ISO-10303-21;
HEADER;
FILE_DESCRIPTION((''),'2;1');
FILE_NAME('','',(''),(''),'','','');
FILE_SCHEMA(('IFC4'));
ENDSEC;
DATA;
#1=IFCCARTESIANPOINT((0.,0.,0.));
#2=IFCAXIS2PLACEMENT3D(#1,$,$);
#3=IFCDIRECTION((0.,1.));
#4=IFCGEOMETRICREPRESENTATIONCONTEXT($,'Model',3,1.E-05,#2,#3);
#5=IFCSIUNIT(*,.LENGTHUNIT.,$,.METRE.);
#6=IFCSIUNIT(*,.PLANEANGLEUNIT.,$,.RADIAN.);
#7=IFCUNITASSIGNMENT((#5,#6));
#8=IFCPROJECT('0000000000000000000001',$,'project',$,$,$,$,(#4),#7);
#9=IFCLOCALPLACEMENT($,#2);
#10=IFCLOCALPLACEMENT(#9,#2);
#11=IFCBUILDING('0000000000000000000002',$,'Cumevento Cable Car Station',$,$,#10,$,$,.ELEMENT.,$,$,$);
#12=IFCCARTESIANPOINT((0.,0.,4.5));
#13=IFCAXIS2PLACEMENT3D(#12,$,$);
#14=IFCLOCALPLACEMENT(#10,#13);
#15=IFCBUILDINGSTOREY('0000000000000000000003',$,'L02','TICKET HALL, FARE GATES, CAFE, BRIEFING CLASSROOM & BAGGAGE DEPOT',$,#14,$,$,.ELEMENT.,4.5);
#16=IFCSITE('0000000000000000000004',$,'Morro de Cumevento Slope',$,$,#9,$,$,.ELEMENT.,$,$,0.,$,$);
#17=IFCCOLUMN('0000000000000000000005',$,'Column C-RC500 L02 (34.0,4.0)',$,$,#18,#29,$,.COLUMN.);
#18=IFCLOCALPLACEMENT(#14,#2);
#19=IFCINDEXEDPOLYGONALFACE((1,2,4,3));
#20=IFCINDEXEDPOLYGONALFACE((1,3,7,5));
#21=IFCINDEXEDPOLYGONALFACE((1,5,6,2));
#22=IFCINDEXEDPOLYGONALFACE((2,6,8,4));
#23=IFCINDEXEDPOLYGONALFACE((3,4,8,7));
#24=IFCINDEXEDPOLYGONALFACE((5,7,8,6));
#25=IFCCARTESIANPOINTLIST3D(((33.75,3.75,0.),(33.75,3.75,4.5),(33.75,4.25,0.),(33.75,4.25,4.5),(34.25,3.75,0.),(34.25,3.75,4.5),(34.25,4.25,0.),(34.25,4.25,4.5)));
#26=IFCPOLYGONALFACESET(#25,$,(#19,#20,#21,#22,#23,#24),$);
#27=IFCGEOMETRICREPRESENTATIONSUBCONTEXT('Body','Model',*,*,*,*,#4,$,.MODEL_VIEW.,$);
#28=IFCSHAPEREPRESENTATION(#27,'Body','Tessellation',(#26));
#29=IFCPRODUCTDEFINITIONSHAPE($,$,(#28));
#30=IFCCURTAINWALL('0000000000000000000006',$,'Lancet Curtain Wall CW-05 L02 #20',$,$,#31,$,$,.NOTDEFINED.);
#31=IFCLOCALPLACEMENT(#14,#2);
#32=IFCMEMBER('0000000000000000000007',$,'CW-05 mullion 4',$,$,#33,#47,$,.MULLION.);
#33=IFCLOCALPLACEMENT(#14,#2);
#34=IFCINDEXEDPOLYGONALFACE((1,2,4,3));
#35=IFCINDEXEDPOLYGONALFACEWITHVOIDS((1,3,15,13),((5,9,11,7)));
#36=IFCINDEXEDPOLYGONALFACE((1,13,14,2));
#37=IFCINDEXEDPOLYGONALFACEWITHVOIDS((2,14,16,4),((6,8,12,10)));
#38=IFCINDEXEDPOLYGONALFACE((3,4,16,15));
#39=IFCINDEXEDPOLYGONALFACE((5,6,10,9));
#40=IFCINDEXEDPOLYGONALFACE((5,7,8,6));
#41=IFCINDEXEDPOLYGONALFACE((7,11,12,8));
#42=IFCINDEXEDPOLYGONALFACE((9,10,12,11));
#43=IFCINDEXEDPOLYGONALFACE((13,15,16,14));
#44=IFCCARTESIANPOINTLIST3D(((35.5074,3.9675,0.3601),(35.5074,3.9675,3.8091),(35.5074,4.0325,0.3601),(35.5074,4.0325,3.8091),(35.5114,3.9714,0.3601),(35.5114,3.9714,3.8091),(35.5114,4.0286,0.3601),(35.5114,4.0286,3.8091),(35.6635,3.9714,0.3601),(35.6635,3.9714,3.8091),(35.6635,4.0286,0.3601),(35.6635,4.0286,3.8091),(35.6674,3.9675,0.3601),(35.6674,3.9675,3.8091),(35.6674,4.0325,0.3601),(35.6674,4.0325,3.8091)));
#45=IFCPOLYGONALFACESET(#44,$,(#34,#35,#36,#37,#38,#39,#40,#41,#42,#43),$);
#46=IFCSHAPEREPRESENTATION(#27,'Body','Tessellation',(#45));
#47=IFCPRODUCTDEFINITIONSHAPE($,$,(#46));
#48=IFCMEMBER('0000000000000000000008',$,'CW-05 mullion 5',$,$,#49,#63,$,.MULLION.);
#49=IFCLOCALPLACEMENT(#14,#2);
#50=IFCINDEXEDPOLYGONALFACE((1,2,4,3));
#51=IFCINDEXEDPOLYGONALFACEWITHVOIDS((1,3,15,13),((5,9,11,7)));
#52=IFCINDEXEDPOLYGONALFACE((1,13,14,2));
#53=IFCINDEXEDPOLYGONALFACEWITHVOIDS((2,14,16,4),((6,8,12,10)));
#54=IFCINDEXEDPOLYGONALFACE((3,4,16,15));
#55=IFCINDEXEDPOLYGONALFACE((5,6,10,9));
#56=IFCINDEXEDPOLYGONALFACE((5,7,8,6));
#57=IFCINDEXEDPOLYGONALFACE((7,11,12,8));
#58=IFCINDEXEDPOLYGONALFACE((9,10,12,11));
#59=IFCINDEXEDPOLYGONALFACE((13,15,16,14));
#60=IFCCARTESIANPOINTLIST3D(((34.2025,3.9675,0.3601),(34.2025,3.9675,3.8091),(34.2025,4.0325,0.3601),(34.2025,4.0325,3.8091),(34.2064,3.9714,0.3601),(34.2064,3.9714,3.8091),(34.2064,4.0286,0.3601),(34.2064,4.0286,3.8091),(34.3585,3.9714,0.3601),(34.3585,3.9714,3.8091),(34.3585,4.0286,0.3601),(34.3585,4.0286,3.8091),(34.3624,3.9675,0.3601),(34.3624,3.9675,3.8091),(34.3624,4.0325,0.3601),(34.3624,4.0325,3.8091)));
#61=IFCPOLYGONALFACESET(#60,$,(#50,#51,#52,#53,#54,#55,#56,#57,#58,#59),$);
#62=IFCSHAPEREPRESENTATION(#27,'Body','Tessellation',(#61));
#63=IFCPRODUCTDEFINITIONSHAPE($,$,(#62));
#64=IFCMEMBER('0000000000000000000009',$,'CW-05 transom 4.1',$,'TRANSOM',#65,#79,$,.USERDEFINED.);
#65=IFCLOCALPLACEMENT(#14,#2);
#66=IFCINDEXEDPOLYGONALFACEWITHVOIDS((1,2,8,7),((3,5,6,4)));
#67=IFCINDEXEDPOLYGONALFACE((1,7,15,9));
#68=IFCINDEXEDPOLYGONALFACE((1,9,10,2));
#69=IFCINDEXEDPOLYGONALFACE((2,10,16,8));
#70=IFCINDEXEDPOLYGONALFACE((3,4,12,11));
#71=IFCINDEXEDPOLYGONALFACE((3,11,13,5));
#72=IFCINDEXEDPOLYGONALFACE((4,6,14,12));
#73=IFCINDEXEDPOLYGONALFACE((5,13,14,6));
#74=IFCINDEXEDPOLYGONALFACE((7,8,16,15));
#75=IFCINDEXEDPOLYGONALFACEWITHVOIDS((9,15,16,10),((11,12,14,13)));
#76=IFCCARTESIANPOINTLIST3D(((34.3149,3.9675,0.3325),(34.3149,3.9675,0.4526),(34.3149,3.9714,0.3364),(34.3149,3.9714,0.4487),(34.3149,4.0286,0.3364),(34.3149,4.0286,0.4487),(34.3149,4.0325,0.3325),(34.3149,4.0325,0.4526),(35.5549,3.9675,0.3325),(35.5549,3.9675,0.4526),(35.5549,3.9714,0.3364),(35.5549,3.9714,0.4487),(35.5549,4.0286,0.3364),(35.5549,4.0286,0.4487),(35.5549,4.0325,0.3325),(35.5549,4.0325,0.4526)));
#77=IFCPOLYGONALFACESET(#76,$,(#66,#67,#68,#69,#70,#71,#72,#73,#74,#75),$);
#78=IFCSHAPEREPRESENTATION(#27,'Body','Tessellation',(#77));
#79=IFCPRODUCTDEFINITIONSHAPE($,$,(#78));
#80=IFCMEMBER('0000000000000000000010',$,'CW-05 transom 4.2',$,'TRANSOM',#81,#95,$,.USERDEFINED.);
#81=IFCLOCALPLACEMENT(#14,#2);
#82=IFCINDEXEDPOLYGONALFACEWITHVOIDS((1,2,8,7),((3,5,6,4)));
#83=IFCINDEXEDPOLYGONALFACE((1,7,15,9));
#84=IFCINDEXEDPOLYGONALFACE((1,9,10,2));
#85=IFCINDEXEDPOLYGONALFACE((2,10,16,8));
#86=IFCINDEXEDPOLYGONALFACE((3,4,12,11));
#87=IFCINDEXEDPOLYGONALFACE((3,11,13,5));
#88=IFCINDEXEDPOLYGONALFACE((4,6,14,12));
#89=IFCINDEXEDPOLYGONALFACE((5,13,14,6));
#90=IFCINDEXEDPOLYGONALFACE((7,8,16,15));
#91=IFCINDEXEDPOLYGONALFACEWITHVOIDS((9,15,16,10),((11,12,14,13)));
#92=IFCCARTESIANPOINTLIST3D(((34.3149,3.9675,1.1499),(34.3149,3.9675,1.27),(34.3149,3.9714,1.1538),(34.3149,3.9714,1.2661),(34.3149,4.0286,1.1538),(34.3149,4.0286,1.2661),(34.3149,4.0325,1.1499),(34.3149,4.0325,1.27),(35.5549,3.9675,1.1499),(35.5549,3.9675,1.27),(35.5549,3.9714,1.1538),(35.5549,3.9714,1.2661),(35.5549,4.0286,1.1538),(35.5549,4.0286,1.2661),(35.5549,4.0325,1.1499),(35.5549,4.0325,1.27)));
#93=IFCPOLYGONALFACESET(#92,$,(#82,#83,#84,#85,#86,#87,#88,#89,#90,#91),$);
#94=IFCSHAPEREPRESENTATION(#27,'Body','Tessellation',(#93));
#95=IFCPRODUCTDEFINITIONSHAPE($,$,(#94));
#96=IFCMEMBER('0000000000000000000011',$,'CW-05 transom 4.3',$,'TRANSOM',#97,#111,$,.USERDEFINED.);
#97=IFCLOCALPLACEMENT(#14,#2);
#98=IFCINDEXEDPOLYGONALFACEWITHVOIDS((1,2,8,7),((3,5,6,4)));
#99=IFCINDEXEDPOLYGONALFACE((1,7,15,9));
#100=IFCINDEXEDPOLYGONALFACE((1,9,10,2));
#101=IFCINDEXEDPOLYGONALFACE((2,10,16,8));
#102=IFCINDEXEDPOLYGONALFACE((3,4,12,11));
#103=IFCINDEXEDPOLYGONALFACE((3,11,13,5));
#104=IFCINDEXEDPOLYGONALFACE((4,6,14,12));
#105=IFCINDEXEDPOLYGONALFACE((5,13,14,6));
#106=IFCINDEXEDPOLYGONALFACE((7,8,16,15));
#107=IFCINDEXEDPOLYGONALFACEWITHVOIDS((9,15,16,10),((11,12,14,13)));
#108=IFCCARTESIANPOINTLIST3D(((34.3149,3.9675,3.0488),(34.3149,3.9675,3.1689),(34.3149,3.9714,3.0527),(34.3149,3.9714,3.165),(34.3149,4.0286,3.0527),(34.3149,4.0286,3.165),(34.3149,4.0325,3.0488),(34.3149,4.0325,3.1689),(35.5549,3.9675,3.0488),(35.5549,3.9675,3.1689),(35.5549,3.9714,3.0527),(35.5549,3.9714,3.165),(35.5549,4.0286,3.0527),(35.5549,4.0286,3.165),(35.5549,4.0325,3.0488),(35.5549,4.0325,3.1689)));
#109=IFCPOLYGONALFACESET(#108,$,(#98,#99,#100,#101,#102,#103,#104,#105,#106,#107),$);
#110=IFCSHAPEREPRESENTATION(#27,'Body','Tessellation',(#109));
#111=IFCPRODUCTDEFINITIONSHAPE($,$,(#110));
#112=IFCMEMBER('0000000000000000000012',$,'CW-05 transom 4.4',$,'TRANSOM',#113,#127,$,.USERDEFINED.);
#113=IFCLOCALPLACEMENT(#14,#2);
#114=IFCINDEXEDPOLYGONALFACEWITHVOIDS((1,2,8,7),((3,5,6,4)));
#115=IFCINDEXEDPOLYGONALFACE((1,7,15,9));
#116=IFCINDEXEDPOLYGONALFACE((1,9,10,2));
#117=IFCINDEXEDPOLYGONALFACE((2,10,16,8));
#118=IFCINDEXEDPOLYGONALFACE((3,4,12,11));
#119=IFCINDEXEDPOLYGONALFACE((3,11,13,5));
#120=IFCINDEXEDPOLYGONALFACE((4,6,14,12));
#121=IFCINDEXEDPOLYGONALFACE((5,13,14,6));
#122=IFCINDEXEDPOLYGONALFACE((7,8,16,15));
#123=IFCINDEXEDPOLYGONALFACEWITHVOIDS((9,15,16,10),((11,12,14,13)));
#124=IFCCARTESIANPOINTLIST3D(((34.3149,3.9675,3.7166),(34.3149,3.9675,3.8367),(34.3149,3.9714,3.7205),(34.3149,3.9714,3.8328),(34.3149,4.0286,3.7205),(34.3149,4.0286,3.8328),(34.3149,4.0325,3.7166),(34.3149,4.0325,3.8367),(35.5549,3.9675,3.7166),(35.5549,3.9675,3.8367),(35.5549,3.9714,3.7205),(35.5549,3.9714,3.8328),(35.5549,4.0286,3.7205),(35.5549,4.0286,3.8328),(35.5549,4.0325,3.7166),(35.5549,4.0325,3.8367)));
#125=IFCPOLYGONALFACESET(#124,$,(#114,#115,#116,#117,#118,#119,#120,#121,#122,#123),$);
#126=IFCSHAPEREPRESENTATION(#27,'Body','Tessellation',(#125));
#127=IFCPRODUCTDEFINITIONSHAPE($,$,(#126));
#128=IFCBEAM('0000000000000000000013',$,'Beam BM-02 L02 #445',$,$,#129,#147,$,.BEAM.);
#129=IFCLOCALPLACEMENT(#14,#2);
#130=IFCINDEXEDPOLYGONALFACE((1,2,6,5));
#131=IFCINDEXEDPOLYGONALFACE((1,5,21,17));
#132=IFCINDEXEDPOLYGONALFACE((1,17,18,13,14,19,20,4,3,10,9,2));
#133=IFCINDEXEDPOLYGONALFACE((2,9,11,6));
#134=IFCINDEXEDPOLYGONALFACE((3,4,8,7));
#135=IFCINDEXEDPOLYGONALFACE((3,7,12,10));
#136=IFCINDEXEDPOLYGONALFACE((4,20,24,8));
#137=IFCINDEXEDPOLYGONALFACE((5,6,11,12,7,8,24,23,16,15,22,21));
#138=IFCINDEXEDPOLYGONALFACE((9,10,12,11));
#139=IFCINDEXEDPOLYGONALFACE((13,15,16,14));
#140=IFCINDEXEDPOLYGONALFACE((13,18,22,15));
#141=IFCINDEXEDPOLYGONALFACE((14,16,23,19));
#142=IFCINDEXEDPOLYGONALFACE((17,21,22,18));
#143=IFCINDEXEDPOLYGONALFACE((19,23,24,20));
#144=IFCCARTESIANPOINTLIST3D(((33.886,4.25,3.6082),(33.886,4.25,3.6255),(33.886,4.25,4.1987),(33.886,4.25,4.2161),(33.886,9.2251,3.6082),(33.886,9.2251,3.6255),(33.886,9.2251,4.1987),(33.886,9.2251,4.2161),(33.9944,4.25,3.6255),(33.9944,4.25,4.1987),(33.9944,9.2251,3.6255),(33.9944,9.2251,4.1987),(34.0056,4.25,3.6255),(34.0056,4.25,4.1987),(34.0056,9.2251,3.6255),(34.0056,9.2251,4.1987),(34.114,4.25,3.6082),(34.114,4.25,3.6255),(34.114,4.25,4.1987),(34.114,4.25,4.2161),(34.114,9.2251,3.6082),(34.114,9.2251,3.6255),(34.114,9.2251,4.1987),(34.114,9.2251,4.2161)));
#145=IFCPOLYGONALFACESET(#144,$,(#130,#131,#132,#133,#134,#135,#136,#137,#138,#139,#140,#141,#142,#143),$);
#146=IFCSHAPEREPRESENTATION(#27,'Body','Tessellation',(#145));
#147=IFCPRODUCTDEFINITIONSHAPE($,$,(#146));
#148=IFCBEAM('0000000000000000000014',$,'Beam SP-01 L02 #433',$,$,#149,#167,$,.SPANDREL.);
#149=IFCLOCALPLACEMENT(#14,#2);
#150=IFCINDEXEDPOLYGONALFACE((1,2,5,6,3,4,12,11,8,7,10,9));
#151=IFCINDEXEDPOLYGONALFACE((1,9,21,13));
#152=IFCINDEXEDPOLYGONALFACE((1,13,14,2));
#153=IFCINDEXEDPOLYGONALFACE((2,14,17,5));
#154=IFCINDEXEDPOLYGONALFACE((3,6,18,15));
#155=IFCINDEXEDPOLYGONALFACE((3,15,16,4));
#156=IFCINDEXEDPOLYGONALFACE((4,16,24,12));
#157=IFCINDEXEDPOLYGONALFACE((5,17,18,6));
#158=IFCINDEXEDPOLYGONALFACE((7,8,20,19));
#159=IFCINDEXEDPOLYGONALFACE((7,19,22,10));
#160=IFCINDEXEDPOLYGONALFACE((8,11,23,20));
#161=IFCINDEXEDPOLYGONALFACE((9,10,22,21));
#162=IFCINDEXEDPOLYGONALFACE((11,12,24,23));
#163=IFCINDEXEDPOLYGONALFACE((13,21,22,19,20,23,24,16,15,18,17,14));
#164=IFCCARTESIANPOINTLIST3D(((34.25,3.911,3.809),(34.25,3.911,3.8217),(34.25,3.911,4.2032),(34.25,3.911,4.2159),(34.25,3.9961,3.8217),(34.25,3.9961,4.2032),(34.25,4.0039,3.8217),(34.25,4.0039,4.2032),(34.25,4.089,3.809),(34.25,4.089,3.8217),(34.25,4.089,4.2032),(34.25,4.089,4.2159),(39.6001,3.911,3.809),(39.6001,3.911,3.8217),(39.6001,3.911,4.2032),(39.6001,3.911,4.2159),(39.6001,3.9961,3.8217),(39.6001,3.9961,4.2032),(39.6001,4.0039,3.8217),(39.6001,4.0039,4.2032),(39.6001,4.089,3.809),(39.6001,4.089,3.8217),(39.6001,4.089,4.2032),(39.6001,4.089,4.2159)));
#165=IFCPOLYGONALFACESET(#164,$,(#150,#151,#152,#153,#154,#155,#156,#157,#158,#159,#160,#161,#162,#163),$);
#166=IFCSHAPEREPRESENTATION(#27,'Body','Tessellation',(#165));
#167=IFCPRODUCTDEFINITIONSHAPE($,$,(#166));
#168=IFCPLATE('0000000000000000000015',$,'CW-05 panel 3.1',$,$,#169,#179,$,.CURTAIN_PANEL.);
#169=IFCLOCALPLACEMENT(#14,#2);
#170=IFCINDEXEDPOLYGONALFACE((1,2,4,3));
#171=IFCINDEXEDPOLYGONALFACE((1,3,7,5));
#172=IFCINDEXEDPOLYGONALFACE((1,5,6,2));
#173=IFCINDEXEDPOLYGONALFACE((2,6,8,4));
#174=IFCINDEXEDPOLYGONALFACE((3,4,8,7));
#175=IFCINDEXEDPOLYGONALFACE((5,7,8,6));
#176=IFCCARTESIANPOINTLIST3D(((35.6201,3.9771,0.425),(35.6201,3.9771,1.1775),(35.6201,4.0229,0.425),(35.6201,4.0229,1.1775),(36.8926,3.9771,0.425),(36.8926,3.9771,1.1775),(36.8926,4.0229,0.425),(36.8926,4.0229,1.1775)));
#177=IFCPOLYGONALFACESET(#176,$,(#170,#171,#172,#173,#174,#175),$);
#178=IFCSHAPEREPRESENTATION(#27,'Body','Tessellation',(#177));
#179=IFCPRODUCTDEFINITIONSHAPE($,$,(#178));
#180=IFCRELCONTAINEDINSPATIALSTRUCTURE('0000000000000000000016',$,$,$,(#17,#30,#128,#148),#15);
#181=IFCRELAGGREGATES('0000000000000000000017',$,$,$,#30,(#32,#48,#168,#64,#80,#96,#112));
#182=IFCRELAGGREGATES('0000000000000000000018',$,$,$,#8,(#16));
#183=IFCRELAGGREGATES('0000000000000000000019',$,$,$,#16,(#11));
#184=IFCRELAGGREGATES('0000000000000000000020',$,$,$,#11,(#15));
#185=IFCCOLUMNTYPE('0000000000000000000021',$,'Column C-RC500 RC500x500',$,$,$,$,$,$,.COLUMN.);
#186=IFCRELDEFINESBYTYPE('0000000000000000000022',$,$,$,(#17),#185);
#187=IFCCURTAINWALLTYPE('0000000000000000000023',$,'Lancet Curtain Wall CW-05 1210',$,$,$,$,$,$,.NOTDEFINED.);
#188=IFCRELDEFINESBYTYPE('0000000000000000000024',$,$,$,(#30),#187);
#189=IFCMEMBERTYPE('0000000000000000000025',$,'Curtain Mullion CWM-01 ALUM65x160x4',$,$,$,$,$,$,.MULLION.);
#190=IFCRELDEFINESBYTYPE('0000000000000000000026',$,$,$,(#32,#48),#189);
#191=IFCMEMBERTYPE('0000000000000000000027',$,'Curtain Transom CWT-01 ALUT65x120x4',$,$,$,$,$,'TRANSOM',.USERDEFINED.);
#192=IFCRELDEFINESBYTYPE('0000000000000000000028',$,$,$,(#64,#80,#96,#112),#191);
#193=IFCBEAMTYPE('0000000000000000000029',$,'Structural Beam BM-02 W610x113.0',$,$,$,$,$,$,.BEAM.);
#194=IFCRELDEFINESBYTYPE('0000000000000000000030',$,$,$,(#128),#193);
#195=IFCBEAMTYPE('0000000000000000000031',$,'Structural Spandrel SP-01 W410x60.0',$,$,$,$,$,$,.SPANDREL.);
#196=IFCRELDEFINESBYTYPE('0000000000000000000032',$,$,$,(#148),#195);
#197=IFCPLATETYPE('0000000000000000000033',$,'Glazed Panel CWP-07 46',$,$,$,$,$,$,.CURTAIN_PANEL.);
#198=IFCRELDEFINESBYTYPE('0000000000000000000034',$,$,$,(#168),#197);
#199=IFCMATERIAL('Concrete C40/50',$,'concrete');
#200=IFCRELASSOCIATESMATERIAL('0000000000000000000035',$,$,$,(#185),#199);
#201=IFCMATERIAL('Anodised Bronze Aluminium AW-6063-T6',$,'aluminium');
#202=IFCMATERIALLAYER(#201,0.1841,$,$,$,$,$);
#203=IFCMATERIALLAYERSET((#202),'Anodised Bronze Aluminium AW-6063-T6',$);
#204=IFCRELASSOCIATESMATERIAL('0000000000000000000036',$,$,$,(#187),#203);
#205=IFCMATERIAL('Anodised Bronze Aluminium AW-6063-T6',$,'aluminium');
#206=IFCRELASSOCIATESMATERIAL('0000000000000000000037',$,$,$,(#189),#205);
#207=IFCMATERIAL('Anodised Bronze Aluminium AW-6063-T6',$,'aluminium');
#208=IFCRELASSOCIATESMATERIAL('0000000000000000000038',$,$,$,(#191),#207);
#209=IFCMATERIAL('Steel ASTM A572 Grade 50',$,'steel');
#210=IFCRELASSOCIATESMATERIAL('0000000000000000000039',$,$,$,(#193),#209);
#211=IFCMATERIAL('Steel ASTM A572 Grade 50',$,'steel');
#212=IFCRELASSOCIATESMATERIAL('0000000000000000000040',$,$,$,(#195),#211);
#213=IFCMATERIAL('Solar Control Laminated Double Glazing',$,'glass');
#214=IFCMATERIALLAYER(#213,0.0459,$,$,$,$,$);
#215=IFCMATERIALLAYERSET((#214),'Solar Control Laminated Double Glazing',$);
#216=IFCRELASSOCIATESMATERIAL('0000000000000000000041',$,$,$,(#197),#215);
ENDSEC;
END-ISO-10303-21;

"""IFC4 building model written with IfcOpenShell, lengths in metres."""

from ifc_helpers import new_model, si_unit, direction, frame, origin, origin_2d, place, context, subcontext, project, spatial, rectangle, hollow_rectangle, i_section, extrude, material, layer, layer_set, material_profile, profile_set, type_object, element, aggregate, save


model = new_model("IFC4")

# Units and contexts
model_context = context("Model", 3, precision=1e-05, world=origin(), true_north=direction((0.0, 1.0)))
body_context = subcontext(model_context, "Body", "Model", "MODEL_VIEW")
ifc_project = project(units=[si_unit("LENGTHUNIT", "METRE"), si_unit("PLANEANGLEUNIT", "RADIAN")], contexts=[model_context])

# Site, building, storey
site_placement = place(None, origin())
site = spatial("IfcSite", under=ifc_project, at=site_placement, Name="Morro de Cumevento Slope", CompositionType="ELEMENT", RefElevation=0.0)
building_placement = place(site_placement, origin())
building = spatial("IfcBuilding", under=site, at=building_placement, Name="Cumevento Cable Car Station", CompositionType="ELEMENT")
storey_placement = place(building_placement, frame((0.0, 0.0, 4.5)))
storey = spatial("IfcBuildingStorey", under=building, at=storey_placement, Name="L02", Description="TICKET HALL, FARE GATES, CAFE, BRIEFING CLASSROOM & BAGGAGE DEPOT", CompositionType="ELEMENT", Elevation=4.5)

# Column
ifc_material_1 = material(Name="Concrete C40/50", Category="concrete")
ifc_material_profile_1 = material_profile(ifc_material_1, rectangle(XDim=0.5, YDim=0.5, at=origin_2d()), Name="RC500x500")
ifc_profile_set_1 = profile_set([ifc_material_profile_1], Name="Concrete C40/50")
column_type = type_object("IfcColumnType", Name="Column C-RC500 RC500x500", PredefinedType="COLUMN", material=ifc_profile_set_1)
column_placement = place(storey_placement, frame((34.0, 4.0, 0.0), z_axis=(0.0, 0.0, 1.0), x_axis=(1.0, 0.0, 0.0)))
element("IfcColumn", 1, at=column_placement, inside=storey, type_object=column_type, Name="Column C-RC500 L02 (34.0,4.0)", PredefinedType="COLUMN", context=body_context, shape_type="SweptSolid", body=[
    extrude(rectangle(XDim=0.5, YDim=0.5, at=origin_2d()), origin(), (0.0, 0.0, 1.0), 4.5),
])

# Curtain wall, members
ifc_material_2 = material(Name="Anodised Bronze Aluminium AW-6063-T6", Category="aluminium")
ifc_layer_1 = layer(ifc_material_2, 0.1841)
ifc_layer_set_1 = layer_set([ifc_layer_1], Name="Anodised Bronze Aluminium AW-6063-T6")
curtain_wall_type = type_object("IfcCurtainWallType", Name="Lancet Curtain Wall CW-05 1210", PredefinedType="NOTDEFINED", material=ifc_layer_set_1)
curtain_wall_placement = place(storey_placement, origin())
curtain_wall = element("IfcCurtainWall", 2, at=curtain_wall_placement, inside=storey, type_object=curtain_wall_type, Name="Lancet Curtain Wall CW-05 L02 #20", PredefinedType="NOTDEFINED")
ifc_material_3 = material(Name="Anodised Bronze Aluminium AW-6063-T6", Category="aluminium")
ifc_material_profile_2 = material_profile(ifc_material_3, hollow_rectangle(XDim=0.0649, YDim=0.1599, WallThickness=0.0039, at=origin_2d()), Name="ALUM65x160x4")
ifc_profile_set_2 = profile_set([ifc_material_profile_2], Name="Anodised Bronze Aluminium AW-6063-T6")
member_type_1 = type_object("IfcMemberType", Name="Curtain Mullion CWM-01 ALUM65x160x4", PredefinedType="MULLION", material=ifc_profile_set_2)
member_1_placement = place(storey_placement, frame((35.5874, 4.0, 0.3601), z_axis=(0.0, 0.0, 1.0), x_axis=(0.0, -1.0, 0.0)))
member_1 = element("IfcMember", 3, at=member_1_placement, type_object=member_type_1, Name="CW-05 mullion 4", PredefinedType="MULLION", context=body_context, shape_type="SweptSolid", body=[
    extrude(hollow_rectangle(XDim=0.0649, YDim=0.1599, WallThickness=0.0039, at=origin_2d()), origin(), (0.0, 0.0, 1.0), 3.449),
])
member_2_placement = place(storey_placement, frame((34.2825, 4.0, 0.3601), z_axis=(0.0, 0.0, 1.0), x_axis=(0.0, -1.0, 0.0)))
member_2 = element("IfcMember", 4, at=member_2_placement, type_object=member_type_1, Name="CW-05 mullion 5", PredefinedType="MULLION", context=body_context, shape_type="SweptSolid", body=[
    extrude(hollow_rectangle(XDim=0.0649, YDim=0.1599, WallThickness=0.0039, at=origin_2d()), origin(), (0.0, 0.0, 1.0), 3.449),
])
ifc_material_4 = material(Name="Anodised Bronze Aluminium AW-6063-T6", Category="aluminium")
ifc_material_profile_3 = material_profile(ifc_material_4, hollow_rectangle(XDim=0.0649, YDim=0.1201, WallThickness=0.0039, at=origin_2d()), Name="ALUT65x120x4")
ifc_profile_set_3 = profile_set([ifc_material_profile_3], Name="Anodised Bronze Aluminium AW-6063-T6")
member_type_2 = type_object("IfcMemberType", Name="Curtain Transom CWT-01 ALUT65x120x4", ElementType="TRANSOM", PredefinedType="USERDEFINED", material=ifc_profile_set_3)
member_3_placement = place(storey_placement, frame((35.5549, 4.0, 0.3926), z_axis=(-1.0, 0.0, 0.0), x_axis=(0.0, -1.0, 0.0)))
member_3 = element("IfcMember", 5, at=member_3_placement, type_object=member_type_2, Name="CW-05 transom 4.1", ObjectType="TRANSOM", PredefinedType="USERDEFINED", context=body_context, shape_type="SweptSolid", body=[
    extrude(hollow_rectangle(XDim=0.0649, YDim=0.1201, WallThickness=0.0039, at=origin_2d()), origin(), (0.0, 0.0, 1.0), 1.24),
])
member_4_placement = place(storey_placement, frame((35.5549, 4.0, 1.21), z_axis=(-1.0, 0.0, 0.0), x_axis=(0.0, -1.0, 0.0)))
member_4 = element("IfcMember", 6, at=member_4_placement, type_object=member_type_2, Name="CW-05 transom 4.2", ObjectType="TRANSOM", PredefinedType="USERDEFINED", context=body_context, shape_type="SweptSolid", body=[
    extrude(hollow_rectangle(XDim=0.0649, YDim=0.1201, WallThickness=0.0039, at=origin_2d()), origin(), (0.0, 0.0, 1.0), 1.24),
])
member_5_placement = place(storey_placement, frame((35.5549, 4.0, 3.1089), z_axis=(-1.0, 0.0, 0.0), x_axis=(0.0, -1.0, 0.0)))
member_5 = element("IfcMember", 7, at=member_5_placement, type_object=member_type_2, Name="CW-05 transom 4.3", ObjectType="TRANSOM", PredefinedType="USERDEFINED", context=body_context, shape_type="SweptSolid", body=[
    extrude(hollow_rectangle(XDim=0.0649, YDim=0.1201, WallThickness=0.0039, at=origin_2d()), origin(), (0.0, 0.0, 1.0), 1.24),
])
member_6_placement = place(storey_placement, frame((35.5549, 4.0, 3.7766), z_axis=(-1.0, 0.0, 0.0), x_axis=(0.0, -1.0, 0.0)))
member_6 = element("IfcMember", 8, at=member_6_placement, type_object=member_type_2, Name="CW-05 transom 4.4", ObjectType="TRANSOM", PredefinedType="USERDEFINED", context=body_context, shape_type="SweptSolid", body=[
    extrude(hollow_rectangle(XDim=0.0649, YDim=0.1201, WallThickness=0.0039, at=origin_2d()), origin(), (0.0, 0.0, 1.0), 1.24),
])

# Beams
ifc_material_5 = material(Name="Steel ASTM A572 Grade 50", Category="steel")
ifc_material_profile_4 = material_profile(ifc_material_5, i_section(OverallWidth=0.228, OverallDepth=0.6079, WebThickness=0.0112, FlangeThickness=0.0173, at=origin_2d()), Name="W610x113.0")
ifc_profile_set_4 = profile_set([ifc_material_profile_4], Name="Steel ASTM A572 Grade 50")
beam_type_1 = type_object("IfcBeamType", Name="Structural Beam BM-02 W610x113.0", PredefinedType="BEAM", material=ifc_profile_set_4)
beam_1_placement = place(storey_placement, frame((34.0, 4.25, 3.9121), z_axis=(0.0, 1.0, 0.0), x_axis=(-1.0, 0.0, 0.0)))
element("IfcBeam", 9, at=beam_1_placement, inside=storey, type_object=beam_type_1, Name="Beam BM-02 L02 #445", PredefinedType="BEAM", context=body_context, shape_type="SweptSolid", body=[
    extrude(i_section(OverallWidth=0.228, OverallDepth=0.6079, WebThickness=0.0112, FlangeThickness=0.0173, at=origin_2d()), origin(), (0.0, 0.0, 1.0), 4.9751),
])
ifc_material_6 = material(Name="Steel ASTM A572 Grade 50", Category="steel")
ifc_material_profile_5 = material_profile(ifc_material_6, i_section(OverallWidth=0.178, OverallDepth=0.407, WebThickness=0.0078, FlangeThickness=0.0127, at=origin_2d()), Name="W410x60.0")
ifc_profile_set_5 = profile_set([ifc_material_profile_5], Name="Steel ASTM A572 Grade 50")
beam_type_2 = type_object("IfcBeamType", Name="Structural Spandrel SP-01 W410x60.0", PredefinedType="SPANDREL", material=ifc_profile_set_5)
beam_2_placement = place(storey_placement, frame((34.25, 4.0, 4.0125), z_axis=(1.0, 0.0, 0.0), x_axis=(0.0, 1.0, 0.0)))
element("IfcBeam", 10, at=beam_2_placement, inside=storey, type_object=beam_type_2, Name="Beam SP-01 L02 #433", PredefinedType="SPANDREL", context=body_context, shape_type="SweptSolid", body=[
    extrude(i_section(OverallWidth=0.178, OverallDepth=0.407, WebThickness=0.0078, FlangeThickness=0.0127, at=origin_2d()), origin(), (0.0, 0.0, 1.0), 5.3501),
])

# Plate
ifc_material_7 = material(Name="Solar Control Laminated Double Glazing", Category="glass")
ifc_layer_2 = layer(ifc_material_7, 0.0459)
ifc_layer_set_2 = layer_set([ifc_layer_2], Name="Solar Control Laminated Double Glazing")
plate_type = type_object("IfcPlateType", Name="Glazed Panel CWP-07 46", PredefinedType="CURTAIN_PANEL", material=ifc_layer_set_2)
plate_1_placement = place(storey_placement, frame((36.2563, 4.0, 0.425), z_axis=(0.0, 0.0, 1.0), x_axis=(-1.0, 0.0, 0.0)))
plate_1 = element("IfcPlate", 11, at=plate_1_placement, type_object=plate_type, Name="CW-05 panel 3.1", PredefinedType="CURTAIN_PANEL", context=body_context, shape_type="SweptSolid", body=[
    extrude(rectangle(XDim=1.2725, YDim=0.0459, at=origin_2d()), origin(), (0.0, 0.0, 1.0), 0.7524),
])
aggregate(curtain_wall, [member_1, member_2, plate_1, member_3, member_4, member_5, member_6])

save(model, "model.ifc")
